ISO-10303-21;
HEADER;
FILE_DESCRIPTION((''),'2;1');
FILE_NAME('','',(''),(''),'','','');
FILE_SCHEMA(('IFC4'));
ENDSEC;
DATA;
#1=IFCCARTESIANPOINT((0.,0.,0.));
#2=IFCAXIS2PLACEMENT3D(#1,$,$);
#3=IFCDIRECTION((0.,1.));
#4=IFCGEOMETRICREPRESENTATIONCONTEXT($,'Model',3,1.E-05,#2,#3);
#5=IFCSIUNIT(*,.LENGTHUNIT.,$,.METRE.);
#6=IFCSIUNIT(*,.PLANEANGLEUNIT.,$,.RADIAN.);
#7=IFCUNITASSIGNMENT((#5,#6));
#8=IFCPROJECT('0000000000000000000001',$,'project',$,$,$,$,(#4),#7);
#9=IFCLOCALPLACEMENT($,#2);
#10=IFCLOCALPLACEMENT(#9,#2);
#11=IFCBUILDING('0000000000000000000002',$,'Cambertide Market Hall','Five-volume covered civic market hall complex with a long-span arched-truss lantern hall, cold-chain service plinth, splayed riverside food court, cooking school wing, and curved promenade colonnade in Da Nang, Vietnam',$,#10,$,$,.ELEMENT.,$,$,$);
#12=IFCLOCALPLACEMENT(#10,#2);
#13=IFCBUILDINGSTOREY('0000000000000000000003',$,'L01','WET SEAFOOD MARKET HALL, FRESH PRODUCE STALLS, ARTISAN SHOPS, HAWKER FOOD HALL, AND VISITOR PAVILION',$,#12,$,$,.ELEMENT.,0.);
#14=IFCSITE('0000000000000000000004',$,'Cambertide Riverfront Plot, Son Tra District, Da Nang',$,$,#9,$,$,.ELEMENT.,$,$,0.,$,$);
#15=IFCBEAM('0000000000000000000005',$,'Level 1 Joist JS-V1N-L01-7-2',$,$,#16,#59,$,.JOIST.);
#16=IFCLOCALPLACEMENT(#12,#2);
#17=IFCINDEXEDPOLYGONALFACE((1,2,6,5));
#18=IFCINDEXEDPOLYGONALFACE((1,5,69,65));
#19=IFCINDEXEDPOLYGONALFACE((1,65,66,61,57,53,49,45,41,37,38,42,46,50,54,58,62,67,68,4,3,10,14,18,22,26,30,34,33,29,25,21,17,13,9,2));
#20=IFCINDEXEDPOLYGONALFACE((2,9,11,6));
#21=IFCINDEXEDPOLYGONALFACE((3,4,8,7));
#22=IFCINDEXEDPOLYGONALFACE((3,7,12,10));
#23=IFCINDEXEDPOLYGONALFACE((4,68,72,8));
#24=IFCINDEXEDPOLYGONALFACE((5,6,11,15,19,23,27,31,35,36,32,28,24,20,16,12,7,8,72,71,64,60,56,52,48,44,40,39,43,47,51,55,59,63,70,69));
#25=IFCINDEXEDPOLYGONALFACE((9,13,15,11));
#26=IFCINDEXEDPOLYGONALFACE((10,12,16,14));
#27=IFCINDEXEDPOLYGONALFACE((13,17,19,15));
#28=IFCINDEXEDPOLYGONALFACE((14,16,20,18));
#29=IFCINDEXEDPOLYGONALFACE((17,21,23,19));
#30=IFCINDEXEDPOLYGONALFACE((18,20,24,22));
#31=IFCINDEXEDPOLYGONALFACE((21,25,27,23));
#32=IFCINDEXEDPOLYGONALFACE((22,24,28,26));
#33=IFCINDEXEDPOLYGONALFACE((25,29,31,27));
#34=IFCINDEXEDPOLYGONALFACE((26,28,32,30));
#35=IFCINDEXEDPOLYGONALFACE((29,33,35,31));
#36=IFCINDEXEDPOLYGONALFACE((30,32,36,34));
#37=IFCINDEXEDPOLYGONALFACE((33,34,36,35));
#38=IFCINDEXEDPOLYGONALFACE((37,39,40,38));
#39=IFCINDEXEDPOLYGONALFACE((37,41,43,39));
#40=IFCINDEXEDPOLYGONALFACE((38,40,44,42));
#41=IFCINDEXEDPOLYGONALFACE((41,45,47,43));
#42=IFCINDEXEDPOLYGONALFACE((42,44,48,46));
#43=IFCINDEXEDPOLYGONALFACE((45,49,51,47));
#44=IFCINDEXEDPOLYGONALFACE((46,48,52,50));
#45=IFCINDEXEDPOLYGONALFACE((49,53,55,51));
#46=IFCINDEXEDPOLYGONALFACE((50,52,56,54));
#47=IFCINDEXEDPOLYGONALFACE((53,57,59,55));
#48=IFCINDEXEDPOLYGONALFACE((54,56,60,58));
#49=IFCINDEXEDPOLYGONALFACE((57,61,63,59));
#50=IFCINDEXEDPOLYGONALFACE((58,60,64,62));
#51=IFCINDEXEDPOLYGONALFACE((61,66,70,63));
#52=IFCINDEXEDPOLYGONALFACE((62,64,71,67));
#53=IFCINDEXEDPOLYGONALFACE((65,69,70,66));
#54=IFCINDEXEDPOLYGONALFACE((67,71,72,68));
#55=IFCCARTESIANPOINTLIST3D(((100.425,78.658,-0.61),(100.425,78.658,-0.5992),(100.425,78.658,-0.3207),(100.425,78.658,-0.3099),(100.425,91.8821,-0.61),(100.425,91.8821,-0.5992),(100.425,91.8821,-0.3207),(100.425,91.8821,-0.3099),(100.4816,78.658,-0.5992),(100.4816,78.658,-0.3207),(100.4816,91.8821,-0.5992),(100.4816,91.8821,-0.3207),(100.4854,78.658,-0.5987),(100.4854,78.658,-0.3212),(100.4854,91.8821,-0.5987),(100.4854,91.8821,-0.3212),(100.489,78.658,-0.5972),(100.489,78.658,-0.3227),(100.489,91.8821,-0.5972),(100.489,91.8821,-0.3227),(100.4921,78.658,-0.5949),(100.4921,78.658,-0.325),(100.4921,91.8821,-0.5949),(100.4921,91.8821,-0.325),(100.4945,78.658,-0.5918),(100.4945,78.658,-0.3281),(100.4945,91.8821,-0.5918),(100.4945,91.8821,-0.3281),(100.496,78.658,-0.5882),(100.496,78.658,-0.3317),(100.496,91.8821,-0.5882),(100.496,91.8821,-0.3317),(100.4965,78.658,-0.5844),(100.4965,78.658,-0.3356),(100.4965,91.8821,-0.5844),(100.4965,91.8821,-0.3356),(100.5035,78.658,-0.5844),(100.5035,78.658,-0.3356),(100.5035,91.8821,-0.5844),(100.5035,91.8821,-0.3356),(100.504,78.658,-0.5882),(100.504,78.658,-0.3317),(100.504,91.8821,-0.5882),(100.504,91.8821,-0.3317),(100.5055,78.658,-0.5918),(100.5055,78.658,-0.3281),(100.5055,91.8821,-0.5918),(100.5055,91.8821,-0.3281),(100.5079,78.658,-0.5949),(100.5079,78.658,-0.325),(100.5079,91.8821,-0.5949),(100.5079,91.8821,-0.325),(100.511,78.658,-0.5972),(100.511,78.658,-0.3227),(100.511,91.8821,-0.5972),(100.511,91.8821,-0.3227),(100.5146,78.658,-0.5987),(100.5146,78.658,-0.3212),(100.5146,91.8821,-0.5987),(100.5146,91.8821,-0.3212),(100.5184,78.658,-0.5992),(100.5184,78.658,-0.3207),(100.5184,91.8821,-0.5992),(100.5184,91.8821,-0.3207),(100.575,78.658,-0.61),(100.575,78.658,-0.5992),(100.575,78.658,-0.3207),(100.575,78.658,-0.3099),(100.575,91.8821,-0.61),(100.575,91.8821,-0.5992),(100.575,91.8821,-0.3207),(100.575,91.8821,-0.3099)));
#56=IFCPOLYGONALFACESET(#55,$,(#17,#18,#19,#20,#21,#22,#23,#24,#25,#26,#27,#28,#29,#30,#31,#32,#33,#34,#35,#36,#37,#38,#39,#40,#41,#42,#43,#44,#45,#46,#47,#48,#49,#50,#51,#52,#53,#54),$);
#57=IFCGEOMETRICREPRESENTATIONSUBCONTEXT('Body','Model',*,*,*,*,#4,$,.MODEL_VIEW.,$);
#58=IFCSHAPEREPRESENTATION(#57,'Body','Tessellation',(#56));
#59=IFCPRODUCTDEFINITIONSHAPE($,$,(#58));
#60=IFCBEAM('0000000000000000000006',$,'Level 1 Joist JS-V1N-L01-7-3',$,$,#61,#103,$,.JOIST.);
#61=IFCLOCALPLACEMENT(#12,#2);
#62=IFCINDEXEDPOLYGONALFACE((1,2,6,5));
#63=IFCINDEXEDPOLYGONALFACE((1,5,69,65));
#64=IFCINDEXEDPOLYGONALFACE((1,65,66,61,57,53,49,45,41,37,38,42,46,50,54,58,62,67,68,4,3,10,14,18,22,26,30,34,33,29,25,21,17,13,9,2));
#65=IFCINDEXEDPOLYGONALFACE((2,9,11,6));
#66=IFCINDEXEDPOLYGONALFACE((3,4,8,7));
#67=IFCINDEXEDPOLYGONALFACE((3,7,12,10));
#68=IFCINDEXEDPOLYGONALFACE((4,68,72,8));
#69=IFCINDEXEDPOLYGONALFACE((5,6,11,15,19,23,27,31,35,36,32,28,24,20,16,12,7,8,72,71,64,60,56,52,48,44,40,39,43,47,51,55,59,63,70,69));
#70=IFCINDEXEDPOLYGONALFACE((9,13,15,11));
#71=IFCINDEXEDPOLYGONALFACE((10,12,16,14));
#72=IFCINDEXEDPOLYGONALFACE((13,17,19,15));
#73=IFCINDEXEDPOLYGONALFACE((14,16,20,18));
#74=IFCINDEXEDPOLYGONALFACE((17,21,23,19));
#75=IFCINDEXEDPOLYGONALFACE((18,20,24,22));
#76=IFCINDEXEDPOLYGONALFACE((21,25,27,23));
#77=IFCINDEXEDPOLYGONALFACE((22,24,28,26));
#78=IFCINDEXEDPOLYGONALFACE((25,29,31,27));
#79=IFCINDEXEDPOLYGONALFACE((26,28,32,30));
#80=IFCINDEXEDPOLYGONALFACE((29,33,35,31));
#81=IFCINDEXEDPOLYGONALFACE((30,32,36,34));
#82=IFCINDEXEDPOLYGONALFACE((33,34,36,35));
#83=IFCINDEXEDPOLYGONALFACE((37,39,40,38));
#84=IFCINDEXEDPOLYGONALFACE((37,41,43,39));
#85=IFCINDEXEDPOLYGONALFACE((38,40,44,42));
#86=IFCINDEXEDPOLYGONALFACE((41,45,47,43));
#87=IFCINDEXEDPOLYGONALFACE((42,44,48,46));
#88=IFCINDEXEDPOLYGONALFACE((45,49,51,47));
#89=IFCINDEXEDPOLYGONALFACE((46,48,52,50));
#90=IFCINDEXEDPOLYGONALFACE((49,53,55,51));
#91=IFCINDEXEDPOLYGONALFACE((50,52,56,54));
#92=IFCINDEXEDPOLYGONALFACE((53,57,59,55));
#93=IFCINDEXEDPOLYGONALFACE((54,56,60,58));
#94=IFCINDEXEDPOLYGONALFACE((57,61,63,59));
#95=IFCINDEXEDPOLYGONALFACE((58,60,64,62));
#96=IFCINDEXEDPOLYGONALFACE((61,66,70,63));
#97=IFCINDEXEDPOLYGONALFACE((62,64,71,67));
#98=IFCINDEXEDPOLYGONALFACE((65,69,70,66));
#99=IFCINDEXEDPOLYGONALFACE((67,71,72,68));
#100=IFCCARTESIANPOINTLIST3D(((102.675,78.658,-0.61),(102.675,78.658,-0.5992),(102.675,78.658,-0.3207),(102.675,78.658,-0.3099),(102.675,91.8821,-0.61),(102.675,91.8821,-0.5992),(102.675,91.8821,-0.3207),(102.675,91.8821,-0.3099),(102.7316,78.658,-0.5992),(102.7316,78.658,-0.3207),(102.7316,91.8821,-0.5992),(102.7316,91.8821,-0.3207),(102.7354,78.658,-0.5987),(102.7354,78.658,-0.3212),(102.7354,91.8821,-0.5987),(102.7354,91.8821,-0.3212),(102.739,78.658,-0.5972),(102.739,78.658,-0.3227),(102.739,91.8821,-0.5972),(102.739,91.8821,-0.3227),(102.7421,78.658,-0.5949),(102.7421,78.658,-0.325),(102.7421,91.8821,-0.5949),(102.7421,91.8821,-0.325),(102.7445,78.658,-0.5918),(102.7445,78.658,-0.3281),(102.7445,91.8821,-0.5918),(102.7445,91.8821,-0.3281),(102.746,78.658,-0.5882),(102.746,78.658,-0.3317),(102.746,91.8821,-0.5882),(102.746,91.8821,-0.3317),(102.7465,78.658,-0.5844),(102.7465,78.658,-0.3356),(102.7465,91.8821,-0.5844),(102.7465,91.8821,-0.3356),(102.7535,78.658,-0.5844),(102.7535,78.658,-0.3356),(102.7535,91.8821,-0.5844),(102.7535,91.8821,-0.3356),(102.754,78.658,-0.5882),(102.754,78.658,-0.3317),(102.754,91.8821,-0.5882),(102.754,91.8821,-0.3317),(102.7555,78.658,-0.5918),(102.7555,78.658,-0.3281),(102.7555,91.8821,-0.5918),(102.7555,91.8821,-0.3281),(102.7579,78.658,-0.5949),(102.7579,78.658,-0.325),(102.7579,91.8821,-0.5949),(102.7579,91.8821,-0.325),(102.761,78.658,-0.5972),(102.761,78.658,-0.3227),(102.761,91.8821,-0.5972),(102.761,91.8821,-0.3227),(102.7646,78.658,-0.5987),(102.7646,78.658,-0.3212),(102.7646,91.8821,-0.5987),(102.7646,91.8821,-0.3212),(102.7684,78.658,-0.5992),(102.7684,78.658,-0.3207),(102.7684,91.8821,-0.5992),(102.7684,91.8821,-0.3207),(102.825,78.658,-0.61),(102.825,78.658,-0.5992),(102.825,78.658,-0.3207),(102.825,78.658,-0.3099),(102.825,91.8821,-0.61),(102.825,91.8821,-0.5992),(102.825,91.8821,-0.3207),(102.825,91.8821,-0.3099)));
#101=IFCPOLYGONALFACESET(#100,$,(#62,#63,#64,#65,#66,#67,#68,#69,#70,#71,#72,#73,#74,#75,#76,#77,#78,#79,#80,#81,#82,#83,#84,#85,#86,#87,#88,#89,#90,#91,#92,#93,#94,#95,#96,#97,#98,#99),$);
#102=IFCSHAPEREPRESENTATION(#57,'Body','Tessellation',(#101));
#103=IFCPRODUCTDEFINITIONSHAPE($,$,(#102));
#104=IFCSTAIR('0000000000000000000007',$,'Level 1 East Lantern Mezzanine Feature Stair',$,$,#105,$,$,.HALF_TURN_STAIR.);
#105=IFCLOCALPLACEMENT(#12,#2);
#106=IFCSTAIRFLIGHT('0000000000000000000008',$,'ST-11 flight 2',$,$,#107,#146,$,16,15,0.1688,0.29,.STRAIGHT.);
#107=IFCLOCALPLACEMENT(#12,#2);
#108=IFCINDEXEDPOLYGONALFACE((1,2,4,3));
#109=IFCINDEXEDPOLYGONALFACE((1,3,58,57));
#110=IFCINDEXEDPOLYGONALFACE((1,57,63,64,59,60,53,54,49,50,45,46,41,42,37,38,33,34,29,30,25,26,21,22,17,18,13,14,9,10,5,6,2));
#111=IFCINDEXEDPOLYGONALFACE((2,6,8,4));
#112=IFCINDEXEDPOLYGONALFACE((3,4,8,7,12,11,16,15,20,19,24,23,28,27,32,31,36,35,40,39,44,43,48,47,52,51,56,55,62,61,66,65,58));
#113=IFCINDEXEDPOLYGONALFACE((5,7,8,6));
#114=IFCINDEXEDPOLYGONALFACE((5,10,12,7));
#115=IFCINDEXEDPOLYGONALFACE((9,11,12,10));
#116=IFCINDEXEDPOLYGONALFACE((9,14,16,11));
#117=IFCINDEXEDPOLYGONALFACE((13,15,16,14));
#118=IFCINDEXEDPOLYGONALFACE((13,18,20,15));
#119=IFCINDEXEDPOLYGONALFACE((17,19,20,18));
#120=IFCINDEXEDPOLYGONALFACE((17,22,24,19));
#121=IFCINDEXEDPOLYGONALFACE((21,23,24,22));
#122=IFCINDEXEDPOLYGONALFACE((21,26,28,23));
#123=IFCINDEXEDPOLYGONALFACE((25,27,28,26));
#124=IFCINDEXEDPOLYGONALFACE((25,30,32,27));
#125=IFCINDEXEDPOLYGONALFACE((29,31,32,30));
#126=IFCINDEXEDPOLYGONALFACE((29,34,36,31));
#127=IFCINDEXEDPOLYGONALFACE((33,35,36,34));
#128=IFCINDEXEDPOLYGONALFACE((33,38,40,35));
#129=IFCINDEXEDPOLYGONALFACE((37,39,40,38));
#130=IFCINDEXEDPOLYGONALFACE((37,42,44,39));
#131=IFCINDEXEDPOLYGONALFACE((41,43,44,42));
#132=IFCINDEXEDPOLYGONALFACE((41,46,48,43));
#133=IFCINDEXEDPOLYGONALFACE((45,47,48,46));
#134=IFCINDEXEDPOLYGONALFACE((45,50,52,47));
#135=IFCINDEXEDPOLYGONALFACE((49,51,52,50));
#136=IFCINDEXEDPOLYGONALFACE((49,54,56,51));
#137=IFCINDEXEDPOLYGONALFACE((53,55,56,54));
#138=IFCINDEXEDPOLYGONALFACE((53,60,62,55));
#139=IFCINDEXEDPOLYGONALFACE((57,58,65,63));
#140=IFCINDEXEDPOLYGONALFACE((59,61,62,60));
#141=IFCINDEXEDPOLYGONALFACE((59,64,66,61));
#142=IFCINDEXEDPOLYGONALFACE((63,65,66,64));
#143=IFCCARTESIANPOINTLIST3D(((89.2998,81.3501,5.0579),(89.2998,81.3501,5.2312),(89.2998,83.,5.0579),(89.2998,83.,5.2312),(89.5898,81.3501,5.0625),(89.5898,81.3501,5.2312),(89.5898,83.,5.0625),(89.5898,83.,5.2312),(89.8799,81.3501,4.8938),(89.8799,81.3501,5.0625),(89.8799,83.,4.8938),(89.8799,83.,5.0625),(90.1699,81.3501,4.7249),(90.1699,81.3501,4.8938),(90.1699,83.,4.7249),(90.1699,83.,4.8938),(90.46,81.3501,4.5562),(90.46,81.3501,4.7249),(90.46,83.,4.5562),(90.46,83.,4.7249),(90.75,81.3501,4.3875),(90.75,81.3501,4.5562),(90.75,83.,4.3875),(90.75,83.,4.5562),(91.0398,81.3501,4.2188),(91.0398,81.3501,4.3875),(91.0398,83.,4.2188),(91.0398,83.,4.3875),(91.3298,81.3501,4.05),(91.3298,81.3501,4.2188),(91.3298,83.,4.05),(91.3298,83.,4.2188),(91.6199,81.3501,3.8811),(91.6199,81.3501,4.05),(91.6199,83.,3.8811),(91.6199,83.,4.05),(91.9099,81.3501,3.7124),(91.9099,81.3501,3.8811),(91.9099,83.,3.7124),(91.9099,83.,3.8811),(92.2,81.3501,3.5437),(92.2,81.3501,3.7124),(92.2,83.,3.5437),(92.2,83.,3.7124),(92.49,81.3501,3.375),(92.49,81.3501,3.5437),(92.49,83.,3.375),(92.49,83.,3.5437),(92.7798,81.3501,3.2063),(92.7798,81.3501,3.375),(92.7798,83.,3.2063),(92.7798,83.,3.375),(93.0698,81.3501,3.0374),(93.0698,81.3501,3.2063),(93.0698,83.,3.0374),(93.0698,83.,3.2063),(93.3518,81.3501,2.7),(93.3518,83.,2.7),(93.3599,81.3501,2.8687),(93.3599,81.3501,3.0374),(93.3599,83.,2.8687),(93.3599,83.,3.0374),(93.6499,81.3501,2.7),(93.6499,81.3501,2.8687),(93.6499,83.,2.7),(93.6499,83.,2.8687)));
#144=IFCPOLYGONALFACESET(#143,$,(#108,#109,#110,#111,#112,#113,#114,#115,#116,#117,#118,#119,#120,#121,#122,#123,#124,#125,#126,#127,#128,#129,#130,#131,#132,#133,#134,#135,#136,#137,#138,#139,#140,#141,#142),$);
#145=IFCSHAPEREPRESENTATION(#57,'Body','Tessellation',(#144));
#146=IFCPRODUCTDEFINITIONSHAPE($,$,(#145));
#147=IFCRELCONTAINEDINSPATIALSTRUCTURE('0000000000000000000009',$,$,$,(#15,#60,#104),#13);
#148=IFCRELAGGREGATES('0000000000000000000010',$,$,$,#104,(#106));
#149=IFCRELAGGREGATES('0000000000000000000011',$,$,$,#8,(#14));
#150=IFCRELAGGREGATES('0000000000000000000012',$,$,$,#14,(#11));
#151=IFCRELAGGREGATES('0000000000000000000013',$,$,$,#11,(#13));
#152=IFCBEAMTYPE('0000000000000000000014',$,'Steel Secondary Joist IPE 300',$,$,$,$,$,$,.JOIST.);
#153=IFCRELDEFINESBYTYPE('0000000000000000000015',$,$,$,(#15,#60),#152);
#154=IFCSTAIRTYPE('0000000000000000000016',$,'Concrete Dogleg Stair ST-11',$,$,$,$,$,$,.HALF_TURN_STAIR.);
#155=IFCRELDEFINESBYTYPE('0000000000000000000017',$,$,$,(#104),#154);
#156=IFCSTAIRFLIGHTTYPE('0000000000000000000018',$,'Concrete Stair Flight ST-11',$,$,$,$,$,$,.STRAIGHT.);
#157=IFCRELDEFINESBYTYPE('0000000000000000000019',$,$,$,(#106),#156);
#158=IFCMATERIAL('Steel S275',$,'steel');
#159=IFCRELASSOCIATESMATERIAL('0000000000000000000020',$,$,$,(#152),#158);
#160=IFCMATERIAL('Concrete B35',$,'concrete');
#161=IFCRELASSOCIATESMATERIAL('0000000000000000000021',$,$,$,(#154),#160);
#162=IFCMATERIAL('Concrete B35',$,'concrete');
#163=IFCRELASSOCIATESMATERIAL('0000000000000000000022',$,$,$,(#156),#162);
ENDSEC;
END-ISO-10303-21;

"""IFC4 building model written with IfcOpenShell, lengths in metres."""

from ifc_helpers import new_model, si_unit, direction, frame, origin, origin_2d, place, context, subcontext, project, spatial, polyline, i_section, outline, extrude, material, material_profile, profile_set, type_object, element, aggregate, save


model = new_model("IFC4")

# Units and contexts
model_context = context("Model", 3, precision=1e-05, world=origin(), true_north=direction((0.0, 1.0)))
body_context = subcontext(model_context, "Body", "Model", "MODEL_VIEW")
ifc_project = project(units=[si_unit("LENGTHUNIT", "METRE"), si_unit("PLANEANGLEUNIT", "RADIAN")], contexts=[model_context])

# Site, building, storey
site_placement = place(None, origin())
site = spatial("IfcSite", under=ifc_project, at=site_placement, Name="Cambertide Riverfront Plot, Son Tra District, Da Nang", CompositionType="ELEMENT", RefElevation=0.0)
building_placement = place(site_placement, origin())
building = spatial("IfcBuilding", under=site, at=building_placement, Name="Cambertide Market Hall", Description="Five-volume covered civic market hall complex with a long-span arched-truss lantern hall, cold-chain service plinth, splayed riverside food court, cooking school wing, and curved promenade colonnade in Da Nang, Vietnam", CompositionType="ELEMENT")
storey_placement = place(building_placement, origin())
storey = spatial("IfcBuildingStorey", under=building, at=storey_placement, Name="L01", Description="WET SEAFOOD MARKET HALL, FRESH PRODUCE STALLS, ARTISAN SHOPS, HAWKER FOOD HALL, AND VISITOR PAVILION", CompositionType="ELEMENT", Elevation=0.0)

# Beams
ifc_material_1 = material(Name="Steel S275", Category="steel")
ifc_material_profile_1 = material_profile(ifc_material_1, i_section(OverallWidth=0.1499, OverallDepth=0.3, WebThickness=0.0071, FlangeThickness=0.0107, FilletRadius=0.0149, at=origin_2d()), Name="IPE 300")
ifc_profile_set_1 = profile_set([ifc_material_profile_1], Name="Steel S275")
beam_type_1 = type_object("IfcBeamType", Name="Steel Secondary Joist IPE 300", PredefinedType="JOIST", material=ifc_profile_set_1)
for number, where, z_axis, x_axis, name in (
    (1, (100.5, 78.658, -0.46), (0.0, 1.0, 0.0), (-1.0, 0.0, 0.0), "Level 1 Joist JS-V1N-L01-7-2"),
    (2, (102.75, 78.658, -0.46), (0.0, 1.0, 0.0), (-1.0, 0.0, 0.0), "Level 1 Joist JS-V1N-L01-7-3"),
):
    element("IfcBeam", number, at=place(storey_placement, frame(where, z_axis=z_axis, x_axis=x_axis)), inside=storey, type_object=beam_type_1, Name=name, PredefinedType="JOIST", context=body_context, shape_type="SweptSolid", body=[
        extrude(i_section(OverallWidth=0.1499, OverallDepth=0.3, WebThickness=0.0071, FlangeThickness=0.0107, FilletRadius=0.0149, at=origin_2d()), origin(), (0.0, 0.0, 1.0), 13.2241),
    ])

# Stair, stair flight
ifc_material_2 = material(Name="Concrete B35", Category="concrete")
stair_type = type_object("IfcStairType", Name="Concrete Dogleg Stair ST-11", PredefinedType="HALF_TURN_STAIR", material=ifc_material_2)
stair_placement = place(storey_placement, origin())
stair = element("IfcStair", 3, at=stair_placement, inside=storey, type_object=stair_type, Name="Level 1 East Lantern Mezzanine Feature Stair", PredefinedType="HALF_TURN_STAIR")
ifc_material_3 = material(Name="Concrete B35", Category="concrete")
stair_flight_type = type_object("IfcStairFlightType", Name="Concrete Stair Flight ST-11", PredefinedType="STRAIGHT", material=ifc_material_3)
stair_flight_placement = place(storey_placement, frame((93.6499, 82.175, 2.7), z_axis=(0.0, 0.0, 1.0), x_axis=(-1.0, 0.0, 0.0)))
stair_flight = element("IfcStairFlight", 4, at=stair_flight_placement, type_object=stair_flight_type, Name="ST-11 flight 2", NumberOfRisers=16, NumberOfTreads=15, PredefinedType="STRAIGHT", RiserHeight=0.1688, TreadLength=0.29, context=body_context, shape_type="SweptSolid", body=[
    extrude(outline(polyline([(0.0, 0.0), (0.0, 0.1687), (0.29, 0.1687), (0.29, 0.3374), (0.5801, 0.3374), (0.5801, 0.5063), (0.8701, 0.5063), (0.8701, 0.675), (1.1599, 0.675), (1.1599, 0.8438), (1.45, 0.8438), (1.45, 1.0125), (1.74, 1.0125), (1.74, 1.1812), (2.03, 1.1812), (2.03, 1.3501), (2.3201, 1.3501), (2.3201, 1.5188), (2.6101, 1.5188), (2.6101, 1.6875), (2.8999, 1.6875), (2.8999, 1.8562), (3.1899, 1.8562), (3.1899, 2.0249), (3.48, 2.0249), (3.48, 2.1938), (3.77, 2.1938), (3.77, 2.3625), (4.0601, 2.3625), (4.0601, 2.5312), (4.3501, 2.5312), (4.3501, 2.7), (4.3501, 2.3579), (0.2981, 0.0), (0.0, 0.0)])), frame((0.0, 0.825, 0.0), z_axis=(0.0, -1.0, 0.0), x_axis=(1.0, 0.0, 0.0)), (0.0, 0.0, 1.0), 1.6499),
])
aggregate(stair, [stair_flight])

save(model, "model.ifc")
